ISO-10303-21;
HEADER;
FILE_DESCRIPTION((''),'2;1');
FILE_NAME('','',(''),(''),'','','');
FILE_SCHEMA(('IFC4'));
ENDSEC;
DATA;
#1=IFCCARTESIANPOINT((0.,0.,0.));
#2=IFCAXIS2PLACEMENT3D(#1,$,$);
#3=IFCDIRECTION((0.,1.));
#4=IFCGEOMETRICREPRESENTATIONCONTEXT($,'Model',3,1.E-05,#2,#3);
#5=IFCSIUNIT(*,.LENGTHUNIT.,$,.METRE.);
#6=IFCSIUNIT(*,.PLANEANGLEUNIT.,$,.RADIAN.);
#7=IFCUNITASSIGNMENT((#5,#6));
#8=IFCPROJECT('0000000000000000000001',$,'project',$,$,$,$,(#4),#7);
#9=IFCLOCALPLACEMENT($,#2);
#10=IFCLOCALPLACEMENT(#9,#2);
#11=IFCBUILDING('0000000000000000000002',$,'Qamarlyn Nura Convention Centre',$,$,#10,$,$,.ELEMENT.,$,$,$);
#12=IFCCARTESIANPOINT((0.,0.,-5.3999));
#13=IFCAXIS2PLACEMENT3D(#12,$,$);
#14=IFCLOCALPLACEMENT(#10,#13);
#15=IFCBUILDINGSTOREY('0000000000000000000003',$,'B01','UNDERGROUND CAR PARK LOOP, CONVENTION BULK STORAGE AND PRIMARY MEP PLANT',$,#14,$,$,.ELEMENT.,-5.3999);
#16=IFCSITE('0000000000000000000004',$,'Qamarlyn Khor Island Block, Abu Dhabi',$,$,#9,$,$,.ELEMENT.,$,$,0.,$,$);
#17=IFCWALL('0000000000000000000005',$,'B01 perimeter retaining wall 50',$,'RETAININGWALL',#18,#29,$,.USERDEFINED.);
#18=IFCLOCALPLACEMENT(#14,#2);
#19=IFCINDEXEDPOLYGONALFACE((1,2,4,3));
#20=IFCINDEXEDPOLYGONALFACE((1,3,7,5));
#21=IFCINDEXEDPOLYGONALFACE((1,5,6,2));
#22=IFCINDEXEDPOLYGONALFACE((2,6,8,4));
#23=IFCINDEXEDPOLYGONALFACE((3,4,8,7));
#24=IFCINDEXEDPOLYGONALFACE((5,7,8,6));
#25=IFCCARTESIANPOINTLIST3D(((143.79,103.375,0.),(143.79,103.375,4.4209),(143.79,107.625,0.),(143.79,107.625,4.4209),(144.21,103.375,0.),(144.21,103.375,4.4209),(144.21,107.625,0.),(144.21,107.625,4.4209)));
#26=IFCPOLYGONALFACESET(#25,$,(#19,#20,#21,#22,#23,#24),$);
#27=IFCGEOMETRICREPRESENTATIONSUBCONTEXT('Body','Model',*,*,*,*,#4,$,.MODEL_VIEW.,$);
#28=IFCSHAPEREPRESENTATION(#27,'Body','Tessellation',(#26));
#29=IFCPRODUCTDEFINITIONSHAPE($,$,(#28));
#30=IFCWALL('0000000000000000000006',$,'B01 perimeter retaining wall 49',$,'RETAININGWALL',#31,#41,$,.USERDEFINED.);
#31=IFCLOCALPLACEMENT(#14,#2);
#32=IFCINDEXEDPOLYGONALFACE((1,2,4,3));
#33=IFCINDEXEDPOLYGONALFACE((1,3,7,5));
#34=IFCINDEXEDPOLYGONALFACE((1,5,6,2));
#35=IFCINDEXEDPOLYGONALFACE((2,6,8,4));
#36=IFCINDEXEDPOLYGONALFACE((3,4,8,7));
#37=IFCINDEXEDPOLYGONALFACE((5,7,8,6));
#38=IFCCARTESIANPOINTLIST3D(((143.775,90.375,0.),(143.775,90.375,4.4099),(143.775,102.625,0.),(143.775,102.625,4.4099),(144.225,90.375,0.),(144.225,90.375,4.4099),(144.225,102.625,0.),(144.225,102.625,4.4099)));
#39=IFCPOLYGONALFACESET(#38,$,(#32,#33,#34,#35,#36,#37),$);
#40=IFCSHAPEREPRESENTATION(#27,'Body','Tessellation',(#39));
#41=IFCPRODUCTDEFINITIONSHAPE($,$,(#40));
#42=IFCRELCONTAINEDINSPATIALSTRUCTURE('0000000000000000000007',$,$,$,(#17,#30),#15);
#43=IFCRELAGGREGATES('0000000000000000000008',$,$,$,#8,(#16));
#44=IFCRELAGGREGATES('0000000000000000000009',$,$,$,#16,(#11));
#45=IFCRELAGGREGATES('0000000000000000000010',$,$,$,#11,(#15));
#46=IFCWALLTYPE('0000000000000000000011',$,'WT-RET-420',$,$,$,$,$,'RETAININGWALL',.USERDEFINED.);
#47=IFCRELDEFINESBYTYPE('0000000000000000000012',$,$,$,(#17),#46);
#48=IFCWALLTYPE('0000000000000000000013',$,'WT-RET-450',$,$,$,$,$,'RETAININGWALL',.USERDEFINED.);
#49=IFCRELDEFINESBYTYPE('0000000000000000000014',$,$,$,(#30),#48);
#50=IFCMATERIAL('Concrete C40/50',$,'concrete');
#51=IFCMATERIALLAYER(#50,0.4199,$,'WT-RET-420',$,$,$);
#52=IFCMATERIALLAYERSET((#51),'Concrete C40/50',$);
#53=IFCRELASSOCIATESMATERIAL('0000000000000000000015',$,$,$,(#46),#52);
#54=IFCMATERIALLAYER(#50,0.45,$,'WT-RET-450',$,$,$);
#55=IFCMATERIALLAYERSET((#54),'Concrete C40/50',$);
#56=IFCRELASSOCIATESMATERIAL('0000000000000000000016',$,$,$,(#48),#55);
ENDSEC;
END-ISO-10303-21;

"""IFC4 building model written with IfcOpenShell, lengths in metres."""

from ifc_helpers import new_model, si_unit, direction, frame, frame_2d, origin, place, context, subcontext, project, spatial, rectangle, extrude, material, layer, layer_set, type_object, element, save


model = new_model("IFC4")

# Units and contexts
model_context = context("Model", 3, precision=1e-05, world=origin(), true_north=direction((0.0, 1.0)))
body_context = subcontext(model_context, "Body", "Model", "MODEL_VIEW")
ifc_project = project(units=[si_unit("LENGTHUNIT", "METRE"), si_unit("PLANEANGLEUNIT", "RADIAN")], contexts=[model_context])

# Site, building, storey
site_placement = place(None, origin())
site = spatial("IfcSite", under=ifc_project, at=site_placement, Name="Qamarlyn Khor Island Block, Abu Dhabi", CompositionType="ELEMENT", RefElevation=0.0)
building_placement = place(site_placement, origin())
building = spatial("IfcBuilding", under=site, at=building_placement, Name="Qamarlyn Nura Convention Centre", CompositionType="ELEMENT")
storey_placement = place(building_placement, frame((0.0, 0.0, -5.3999)))
storey = spatial("IfcBuildingStorey", under=building, at=storey_placement, Name="B01", Description="UNDERGROUND CAR PARK LOOP, CONVENTION BULK STORAGE AND PRIMARY MEP PLANT", CompositionType="ELEMENT", Elevation=-5.3999)

# Shared definitions
ifc_material_1 = material(Name="Concrete C40/50", Category="concrete")

# Walls
ifc_layer_1 = layer(ifc_material_1, 0.4199, Name="WT-RET-420")
ifc_layer_set_1 = layer_set([ifc_layer_1], Name="Concrete C40/50")
wall_type_1 = type_object("IfcWallType", Name="WT-RET-420", ElementType="RETAININGWALL", PredefinedType="USERDEFINED", material=ifc_layer_set_1)
wall_1_placement = place(storey_placement, frame((144.0, 103.375, 0.0), z_axis=(0.0, 0.0, 1.0), x_axis=(0.0, 1.0, 0.0)))
element("IfcWall", 1, at=wall_1_placement, inside=storey, type_object=wall_type_1, Name="B01 perimeter retaining wall 50", ObjectType="RETAININGWALL", PredefinedType="USERDEFINED", context=body_context, shape_type="SweptSolid", body=[
    extrude(rectangle(XDim=4.25, YDim=0.4199, at=frame_2d((2.125, 0.0))), origin(), (0.0, 0.0, 1.0), 4.4209),
])
ifc_layer_2 = layer(ifc_material_1, 0.45, Name="WT-RET-450")
ifc_layer_set_2 = layer_set([ifc_layer_2], Name="Concrete C40/50")
wall_type_2 = type_object("IfcWallType", Name="WT-RET-450", ElementType="RETAININGWALL", PredefinedType="USERDEFINED", material=ifc_layer_set_2)
wall_2_placement = place(storey_placement, frame((144.0, 90.375, 0.0), z_axis=(0.0, 0.0, 1.0), x_axis=(0.0, 1.0, 0.0)))
element("IfcWall", 2, at=wall_2_placement, inside=storey, type_object=wall_type_2, Name="B01 perimeter retaining wall 49", ObjectType="RETAININGWALL", PredefinedType="USERDEFINED", context=body_context, shape_type="SweptSolid", body=[
    extrude(rectangle(XDim=12.25, YDim=0.45, at=frame_2d((6.125, 0.0))), origin(), (0.0, 0.0, 1.0), 4.4099),
])

save(model, "model.ifc")
